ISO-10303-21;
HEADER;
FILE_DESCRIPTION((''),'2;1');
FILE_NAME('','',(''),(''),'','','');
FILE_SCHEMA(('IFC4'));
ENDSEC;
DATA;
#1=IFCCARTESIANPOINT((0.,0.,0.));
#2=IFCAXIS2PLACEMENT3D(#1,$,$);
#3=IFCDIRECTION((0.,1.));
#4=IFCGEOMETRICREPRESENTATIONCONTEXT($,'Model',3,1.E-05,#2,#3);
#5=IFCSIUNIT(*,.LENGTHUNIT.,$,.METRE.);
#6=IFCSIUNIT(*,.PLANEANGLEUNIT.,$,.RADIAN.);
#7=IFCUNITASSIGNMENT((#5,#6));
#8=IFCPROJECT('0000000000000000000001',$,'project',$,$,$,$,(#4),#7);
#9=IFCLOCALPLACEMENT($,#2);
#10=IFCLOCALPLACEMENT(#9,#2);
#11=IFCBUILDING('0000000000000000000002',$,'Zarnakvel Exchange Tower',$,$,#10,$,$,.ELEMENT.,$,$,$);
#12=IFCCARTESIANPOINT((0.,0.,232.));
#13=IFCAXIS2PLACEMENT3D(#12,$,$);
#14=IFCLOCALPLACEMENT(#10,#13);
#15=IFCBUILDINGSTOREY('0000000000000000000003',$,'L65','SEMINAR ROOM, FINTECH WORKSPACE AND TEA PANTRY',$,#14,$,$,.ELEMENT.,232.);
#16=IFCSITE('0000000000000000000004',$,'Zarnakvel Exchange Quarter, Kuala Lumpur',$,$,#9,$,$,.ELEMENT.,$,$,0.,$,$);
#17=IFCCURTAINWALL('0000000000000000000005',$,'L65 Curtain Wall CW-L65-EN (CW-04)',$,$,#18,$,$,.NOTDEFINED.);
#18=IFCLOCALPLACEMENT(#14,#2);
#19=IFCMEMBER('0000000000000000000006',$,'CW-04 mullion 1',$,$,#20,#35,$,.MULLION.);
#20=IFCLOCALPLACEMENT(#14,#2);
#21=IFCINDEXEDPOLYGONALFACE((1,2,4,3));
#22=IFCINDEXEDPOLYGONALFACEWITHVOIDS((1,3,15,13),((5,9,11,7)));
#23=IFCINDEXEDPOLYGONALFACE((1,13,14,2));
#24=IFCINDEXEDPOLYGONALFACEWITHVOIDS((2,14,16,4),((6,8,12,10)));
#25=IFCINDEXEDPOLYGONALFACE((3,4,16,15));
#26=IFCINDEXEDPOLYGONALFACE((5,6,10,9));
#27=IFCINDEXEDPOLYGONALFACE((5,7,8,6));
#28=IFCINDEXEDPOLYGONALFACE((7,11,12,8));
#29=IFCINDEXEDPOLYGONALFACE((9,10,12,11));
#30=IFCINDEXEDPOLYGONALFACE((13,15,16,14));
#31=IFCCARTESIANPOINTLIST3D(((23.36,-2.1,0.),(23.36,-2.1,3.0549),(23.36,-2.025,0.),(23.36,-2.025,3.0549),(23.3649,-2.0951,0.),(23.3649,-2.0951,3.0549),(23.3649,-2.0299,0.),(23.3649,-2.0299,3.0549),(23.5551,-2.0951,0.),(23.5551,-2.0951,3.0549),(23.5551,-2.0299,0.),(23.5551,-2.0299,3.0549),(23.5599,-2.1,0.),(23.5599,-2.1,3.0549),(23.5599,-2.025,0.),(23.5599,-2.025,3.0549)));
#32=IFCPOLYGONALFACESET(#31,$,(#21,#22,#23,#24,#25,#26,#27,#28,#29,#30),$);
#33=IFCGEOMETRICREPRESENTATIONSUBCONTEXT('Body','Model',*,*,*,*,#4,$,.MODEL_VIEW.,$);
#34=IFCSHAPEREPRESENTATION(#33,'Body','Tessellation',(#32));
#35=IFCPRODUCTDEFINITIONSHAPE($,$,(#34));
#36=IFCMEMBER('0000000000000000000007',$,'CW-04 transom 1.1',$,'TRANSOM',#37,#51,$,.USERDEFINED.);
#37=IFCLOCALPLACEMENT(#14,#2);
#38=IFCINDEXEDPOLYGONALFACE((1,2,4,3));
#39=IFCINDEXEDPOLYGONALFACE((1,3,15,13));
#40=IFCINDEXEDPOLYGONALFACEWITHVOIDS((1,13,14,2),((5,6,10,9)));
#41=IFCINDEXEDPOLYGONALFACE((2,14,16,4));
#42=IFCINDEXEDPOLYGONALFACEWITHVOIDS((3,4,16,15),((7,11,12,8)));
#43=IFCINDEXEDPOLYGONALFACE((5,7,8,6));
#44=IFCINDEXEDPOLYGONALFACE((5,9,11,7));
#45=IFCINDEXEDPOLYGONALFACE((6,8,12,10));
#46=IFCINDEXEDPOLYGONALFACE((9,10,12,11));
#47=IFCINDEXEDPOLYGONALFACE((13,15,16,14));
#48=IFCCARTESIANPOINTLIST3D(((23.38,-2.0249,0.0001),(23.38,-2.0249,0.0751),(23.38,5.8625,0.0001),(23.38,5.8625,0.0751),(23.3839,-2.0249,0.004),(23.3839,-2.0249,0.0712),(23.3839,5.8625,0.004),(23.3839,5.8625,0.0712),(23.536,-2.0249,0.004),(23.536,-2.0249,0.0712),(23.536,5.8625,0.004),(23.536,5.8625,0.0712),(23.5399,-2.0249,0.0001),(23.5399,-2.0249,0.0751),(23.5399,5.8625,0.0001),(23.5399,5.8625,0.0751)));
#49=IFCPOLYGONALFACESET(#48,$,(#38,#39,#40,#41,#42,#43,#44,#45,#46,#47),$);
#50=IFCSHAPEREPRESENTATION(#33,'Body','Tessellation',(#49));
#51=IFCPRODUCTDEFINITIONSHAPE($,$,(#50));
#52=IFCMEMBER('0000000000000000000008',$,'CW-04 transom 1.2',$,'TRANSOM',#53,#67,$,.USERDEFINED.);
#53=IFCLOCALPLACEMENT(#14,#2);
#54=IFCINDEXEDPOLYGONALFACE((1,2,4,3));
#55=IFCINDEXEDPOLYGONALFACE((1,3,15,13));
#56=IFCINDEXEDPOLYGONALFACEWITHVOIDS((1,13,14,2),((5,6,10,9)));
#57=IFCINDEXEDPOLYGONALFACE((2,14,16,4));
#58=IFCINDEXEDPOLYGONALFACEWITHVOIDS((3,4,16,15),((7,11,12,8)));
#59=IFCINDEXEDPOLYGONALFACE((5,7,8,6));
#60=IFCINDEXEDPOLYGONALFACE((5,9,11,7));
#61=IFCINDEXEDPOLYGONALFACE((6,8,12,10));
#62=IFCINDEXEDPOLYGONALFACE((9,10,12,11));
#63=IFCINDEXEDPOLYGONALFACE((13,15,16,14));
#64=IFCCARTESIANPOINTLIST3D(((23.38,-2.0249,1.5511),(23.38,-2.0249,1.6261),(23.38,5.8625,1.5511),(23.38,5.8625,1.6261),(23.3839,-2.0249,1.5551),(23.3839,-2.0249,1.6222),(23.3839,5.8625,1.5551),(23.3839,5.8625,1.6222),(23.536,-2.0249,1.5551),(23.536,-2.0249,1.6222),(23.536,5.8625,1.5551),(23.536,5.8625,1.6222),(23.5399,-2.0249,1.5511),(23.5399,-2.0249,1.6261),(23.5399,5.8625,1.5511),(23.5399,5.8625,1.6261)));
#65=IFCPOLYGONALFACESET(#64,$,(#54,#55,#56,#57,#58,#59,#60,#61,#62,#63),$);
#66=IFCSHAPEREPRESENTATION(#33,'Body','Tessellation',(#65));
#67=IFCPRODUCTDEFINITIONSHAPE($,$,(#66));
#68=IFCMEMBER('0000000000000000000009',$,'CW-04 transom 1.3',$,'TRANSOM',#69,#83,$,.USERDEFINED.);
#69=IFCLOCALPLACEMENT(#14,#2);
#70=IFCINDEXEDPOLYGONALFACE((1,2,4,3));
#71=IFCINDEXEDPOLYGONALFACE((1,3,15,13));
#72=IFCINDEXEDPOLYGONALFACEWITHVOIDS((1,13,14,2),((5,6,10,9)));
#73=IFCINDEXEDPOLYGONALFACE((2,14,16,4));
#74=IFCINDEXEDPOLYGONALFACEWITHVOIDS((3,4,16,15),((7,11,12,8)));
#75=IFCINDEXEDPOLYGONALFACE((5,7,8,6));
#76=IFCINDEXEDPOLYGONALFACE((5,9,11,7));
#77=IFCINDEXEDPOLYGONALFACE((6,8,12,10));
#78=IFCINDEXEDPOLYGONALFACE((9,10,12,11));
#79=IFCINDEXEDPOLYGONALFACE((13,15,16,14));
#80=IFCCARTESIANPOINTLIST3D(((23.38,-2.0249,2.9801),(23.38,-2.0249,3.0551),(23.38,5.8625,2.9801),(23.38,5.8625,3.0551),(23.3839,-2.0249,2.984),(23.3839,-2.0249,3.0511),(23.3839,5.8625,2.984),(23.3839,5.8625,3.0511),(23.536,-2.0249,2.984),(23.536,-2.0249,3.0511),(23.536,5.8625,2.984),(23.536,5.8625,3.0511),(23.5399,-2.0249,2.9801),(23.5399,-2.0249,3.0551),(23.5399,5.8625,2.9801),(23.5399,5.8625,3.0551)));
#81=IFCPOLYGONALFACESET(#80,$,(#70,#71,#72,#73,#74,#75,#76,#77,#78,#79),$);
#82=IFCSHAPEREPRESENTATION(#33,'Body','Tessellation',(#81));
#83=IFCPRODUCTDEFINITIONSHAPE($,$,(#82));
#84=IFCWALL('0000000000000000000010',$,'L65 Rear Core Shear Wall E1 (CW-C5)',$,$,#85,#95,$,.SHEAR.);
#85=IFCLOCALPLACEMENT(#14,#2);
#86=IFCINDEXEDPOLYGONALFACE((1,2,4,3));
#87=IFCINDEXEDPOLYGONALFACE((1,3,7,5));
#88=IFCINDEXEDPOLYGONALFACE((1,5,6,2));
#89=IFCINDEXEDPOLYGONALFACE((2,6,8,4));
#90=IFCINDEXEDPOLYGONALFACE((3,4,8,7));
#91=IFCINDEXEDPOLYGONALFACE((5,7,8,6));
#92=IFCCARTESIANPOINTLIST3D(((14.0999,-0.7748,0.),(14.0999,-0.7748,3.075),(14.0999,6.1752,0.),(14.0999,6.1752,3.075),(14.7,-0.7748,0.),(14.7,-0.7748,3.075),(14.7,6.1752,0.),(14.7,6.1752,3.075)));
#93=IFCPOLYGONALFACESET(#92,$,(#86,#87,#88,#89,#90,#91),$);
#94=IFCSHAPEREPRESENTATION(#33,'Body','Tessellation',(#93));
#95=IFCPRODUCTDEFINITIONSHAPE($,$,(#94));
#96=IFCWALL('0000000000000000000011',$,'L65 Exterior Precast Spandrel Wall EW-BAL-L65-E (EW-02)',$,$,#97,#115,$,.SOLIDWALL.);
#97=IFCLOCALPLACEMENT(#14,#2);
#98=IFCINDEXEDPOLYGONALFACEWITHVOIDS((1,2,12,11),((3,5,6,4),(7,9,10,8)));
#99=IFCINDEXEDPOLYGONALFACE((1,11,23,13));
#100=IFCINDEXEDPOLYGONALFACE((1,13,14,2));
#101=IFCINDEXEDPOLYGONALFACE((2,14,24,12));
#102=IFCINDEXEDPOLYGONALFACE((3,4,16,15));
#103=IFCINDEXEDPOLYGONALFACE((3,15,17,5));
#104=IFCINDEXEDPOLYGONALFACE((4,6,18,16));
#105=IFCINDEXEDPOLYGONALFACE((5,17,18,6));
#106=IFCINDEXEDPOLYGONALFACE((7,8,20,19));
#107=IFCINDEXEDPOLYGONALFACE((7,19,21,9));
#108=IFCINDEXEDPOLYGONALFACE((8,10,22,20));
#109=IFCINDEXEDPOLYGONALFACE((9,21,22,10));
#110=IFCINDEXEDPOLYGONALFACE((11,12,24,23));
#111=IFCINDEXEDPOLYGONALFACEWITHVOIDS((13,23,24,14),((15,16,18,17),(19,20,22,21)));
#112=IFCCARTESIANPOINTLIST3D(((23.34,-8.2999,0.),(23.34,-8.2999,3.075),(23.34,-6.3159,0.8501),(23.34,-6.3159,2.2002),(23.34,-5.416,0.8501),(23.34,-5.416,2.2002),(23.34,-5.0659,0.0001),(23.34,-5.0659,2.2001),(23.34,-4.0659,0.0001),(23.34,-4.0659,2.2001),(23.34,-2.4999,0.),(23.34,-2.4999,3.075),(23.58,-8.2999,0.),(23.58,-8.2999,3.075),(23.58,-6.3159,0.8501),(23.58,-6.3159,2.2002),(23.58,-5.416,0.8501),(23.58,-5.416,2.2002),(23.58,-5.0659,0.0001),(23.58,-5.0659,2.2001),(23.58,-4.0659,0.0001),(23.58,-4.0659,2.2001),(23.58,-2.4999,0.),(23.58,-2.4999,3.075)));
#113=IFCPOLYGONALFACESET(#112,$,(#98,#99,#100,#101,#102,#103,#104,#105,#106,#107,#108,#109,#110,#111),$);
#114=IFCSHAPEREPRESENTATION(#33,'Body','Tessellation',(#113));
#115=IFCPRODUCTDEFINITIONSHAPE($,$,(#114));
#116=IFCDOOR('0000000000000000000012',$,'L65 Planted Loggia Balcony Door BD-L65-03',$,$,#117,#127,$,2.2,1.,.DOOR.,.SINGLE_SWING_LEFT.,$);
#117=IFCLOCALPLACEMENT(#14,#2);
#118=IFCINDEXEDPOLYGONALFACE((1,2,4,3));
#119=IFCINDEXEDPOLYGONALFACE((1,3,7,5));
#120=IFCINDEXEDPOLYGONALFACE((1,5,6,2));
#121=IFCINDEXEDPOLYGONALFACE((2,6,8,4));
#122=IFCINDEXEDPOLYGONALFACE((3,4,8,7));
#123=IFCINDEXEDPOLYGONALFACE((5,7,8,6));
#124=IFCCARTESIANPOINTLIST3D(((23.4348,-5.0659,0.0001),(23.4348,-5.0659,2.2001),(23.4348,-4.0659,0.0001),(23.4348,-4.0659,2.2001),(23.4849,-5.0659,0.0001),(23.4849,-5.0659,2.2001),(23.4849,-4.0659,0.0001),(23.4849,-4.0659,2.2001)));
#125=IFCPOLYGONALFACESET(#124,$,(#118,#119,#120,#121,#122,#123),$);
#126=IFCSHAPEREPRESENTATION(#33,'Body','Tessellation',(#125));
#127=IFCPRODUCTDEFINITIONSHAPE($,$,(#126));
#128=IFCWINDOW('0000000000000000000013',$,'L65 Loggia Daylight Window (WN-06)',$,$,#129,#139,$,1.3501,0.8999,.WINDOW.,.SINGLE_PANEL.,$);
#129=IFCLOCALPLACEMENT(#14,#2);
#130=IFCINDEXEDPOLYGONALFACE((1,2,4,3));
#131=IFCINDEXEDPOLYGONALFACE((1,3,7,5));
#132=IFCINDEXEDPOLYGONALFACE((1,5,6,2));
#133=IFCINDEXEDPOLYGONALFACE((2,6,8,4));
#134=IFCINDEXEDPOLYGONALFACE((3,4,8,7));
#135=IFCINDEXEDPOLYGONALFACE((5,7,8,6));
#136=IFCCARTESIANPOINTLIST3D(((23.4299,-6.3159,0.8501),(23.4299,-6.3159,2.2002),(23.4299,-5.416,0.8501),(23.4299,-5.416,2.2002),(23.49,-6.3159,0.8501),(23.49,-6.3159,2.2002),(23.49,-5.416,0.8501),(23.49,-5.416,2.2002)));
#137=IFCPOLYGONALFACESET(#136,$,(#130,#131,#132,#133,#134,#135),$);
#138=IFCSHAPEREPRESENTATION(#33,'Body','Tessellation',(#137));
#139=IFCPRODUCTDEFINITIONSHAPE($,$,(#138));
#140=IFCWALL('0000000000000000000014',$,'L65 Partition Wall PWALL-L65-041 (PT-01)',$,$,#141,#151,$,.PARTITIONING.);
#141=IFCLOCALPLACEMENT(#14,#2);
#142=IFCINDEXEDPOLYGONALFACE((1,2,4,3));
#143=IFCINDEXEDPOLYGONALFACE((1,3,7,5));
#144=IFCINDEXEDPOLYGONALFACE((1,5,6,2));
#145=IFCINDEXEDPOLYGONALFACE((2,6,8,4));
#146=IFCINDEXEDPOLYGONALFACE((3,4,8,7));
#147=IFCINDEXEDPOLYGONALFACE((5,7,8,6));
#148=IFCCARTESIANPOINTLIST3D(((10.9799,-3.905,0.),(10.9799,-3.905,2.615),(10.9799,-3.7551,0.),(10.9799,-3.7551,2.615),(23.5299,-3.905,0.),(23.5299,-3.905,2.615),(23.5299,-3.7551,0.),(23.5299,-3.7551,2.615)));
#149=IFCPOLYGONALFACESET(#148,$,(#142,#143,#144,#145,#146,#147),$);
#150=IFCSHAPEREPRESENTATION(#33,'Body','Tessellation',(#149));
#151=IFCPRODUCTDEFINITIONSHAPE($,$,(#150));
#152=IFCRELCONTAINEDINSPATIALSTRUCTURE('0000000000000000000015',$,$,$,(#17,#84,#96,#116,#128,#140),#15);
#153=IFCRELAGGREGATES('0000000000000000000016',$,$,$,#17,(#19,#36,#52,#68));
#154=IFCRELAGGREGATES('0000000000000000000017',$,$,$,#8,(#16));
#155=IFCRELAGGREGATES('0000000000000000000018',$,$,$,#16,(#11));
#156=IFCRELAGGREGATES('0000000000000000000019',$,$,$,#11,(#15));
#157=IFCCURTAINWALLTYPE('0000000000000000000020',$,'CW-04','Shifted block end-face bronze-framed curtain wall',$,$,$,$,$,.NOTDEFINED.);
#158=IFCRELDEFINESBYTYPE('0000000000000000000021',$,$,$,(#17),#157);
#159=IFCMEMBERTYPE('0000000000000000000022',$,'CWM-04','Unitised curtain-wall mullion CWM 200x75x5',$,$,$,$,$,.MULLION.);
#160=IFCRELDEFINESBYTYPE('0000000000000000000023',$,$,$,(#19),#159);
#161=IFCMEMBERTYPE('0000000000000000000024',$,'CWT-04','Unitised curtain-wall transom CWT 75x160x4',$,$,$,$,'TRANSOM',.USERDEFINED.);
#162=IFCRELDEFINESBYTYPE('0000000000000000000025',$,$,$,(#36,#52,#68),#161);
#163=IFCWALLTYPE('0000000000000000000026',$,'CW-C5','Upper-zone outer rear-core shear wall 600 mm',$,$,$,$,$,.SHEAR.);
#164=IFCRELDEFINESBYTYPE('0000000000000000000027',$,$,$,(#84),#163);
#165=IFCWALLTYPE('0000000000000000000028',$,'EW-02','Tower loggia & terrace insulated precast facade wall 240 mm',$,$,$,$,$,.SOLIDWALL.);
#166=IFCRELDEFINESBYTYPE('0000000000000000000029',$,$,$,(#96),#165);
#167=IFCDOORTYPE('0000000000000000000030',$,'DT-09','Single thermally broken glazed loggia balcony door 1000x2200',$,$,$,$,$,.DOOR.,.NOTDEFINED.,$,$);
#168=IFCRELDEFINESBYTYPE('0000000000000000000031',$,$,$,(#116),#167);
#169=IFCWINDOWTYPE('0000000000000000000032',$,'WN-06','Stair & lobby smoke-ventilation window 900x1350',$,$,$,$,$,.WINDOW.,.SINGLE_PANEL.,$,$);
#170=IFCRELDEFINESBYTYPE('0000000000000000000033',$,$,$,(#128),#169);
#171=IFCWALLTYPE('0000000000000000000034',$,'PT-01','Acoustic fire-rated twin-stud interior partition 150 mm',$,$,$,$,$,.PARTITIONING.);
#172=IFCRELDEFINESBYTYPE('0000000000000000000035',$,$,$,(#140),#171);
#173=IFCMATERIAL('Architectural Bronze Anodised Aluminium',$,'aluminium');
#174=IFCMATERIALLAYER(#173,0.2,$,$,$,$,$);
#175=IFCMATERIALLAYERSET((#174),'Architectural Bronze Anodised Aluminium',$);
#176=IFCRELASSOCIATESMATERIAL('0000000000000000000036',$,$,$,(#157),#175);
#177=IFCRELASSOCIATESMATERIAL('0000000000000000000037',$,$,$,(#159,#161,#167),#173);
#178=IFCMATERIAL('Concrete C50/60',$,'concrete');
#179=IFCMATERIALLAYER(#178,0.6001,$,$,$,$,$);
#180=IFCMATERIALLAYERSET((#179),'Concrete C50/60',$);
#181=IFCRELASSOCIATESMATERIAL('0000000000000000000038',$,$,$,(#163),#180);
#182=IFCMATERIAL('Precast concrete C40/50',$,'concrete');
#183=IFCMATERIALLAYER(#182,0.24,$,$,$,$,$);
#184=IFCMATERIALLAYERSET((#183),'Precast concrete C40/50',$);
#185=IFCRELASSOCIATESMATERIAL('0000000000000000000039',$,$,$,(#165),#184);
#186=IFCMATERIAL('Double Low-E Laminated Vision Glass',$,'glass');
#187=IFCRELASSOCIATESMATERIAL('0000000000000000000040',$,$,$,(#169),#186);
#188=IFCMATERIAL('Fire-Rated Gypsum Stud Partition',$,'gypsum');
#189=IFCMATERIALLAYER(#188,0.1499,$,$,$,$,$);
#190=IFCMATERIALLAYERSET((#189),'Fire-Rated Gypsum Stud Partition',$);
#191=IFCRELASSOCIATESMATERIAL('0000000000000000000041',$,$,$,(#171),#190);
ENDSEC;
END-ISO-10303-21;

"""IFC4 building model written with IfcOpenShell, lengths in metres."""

from ifc_helpers import new_model, si_unit, direction, frame, frame_2d, origin, origin_2d, place, context, subcontext, project, spatial, rectangle, hollow_rectangle, extrude, source, transform, mapped, material, layer, layer_set, material_profile, profile_set, type_object, element, fill, aggregate, save


model = new_model("IFC4")

# Units and contexts
model_context = context("Model", 3, precision=1e-05, world=origin(), true_north=direction((0.0, 1.0)))
body_context = subcontext(model_context, "Body", "Model", "MODEL_VIEW")
ifc_project = project(units=[si_unit("LENGTHUNIT", "METRE"), si_unit("PLANEANGLEUNIT", "RADIAN")], contexts=[model_context])

# Site, building, storey
site_placement = place(None, origin())
site = spatial("IfcSite", under=ifc_project, at=site_placement, Name="Zarnakvel Exchange Quarter, Kuala Lumpur", CompositionType="ELEMENT", RefElevation=0.0)
building_placement = place(site_placement, origin())
building = spatial("IfcBuilding", under=site, at=building_placement, Name="Zarnakvel Exchange Tower", CompositionType="ELEMENT")
storey_placement = place(building_placement, frame((0.0, 0.0, 232.0)))
storey = spatial("IfcBuildingStorey", under=building, at=storey_placement, Name="L65", Description="SEMINAR ROOM, FINTECH WORKSPACE AND TEA PANTRY", CompositionType="ELEMENT", Elevation=232.0)

# Shared definitions
ifc_material_1 = material(Name="Concrete C50/60", Category="concrete")

# Curtain wall, members
ifc_material_2 = material(Name="Architectural Bronze Anodised Aluminium", Category="aluminium")
ifc_layer_1 = layer(ifc_material_2, 0.2)
ifc_layer_set_1 = layer_set([ifc_layer_1], Name="Architectural Bronze Anodised Aluminium")
curtain_wall_type = type_object("IfcCurtainWallType", Name="CW-04", Description="Shifted block end-face bronze-framed curtain wall", PredefinedType="NOTDEFINED", material=ifc_layer_set_1)
curtain_wall_placement = place(storey_placement, origin())
curtain_wall = element("IfcCurtainWall", 1, at=curtain_wall_placement, inside=storey, type_object=curtain_wall_type, Name="L65 Curtain Wall CW-L65-EN (CW-04)", PredefinedType="NOTDEFINED")
ifc_material_profile_1 = material_profile(ifc_material_2, hollow_rectangle(XDim=0.2, YDim=0.075, WallThickness=0.0049, at=origin_2d()))
ifc_profile_set_1 = profile_set([ifc_material_profile_1], Name="Architectural Bronze Anodised Aluminium")
member_type_1 = type_object("IfcMemberType", Name="CWM-04", Description="Unitised curtain-wall mullion CWM 200x75x5", PredefinedType="MULLION", material=ifc_profile_set_1)
shared_shape_1 = source(origin(), body_context, "Body", "SweptSolid", [
    extrude(hollow_rectangle(XDim=0.2, YDim=0.075, WallThickness=0.0049, at=origin_2d()), origin(), (0.0, 0.0, 1.0), 3.0549),
])
member_1_placement = place(storey_placement, frame((23.46, -2.0625, 0.0), z_axis=(0.0, 0.0, 1.0), x_axis=(-1.0, 0.0, 0.0)))
member_1 = element("IfcMember", 2, at=member_1_placement, type_object=member_type_1, Name="CW-04 mullion 1", PredefinedType="MULLION", context=body_context, shape_type="MappedRepresentation", body=[
    mapped(shared_shape_1, transform((0.0, 0.0, 0.0), x_axis=(1.0, 0.0, 0.0), y_axis=(0.0, 1.0, 0.0), z_axis=(0.0, 0.0, 1.0), scale=1.0)),
])
ifc_material_profile_2 = material_profile(ifc_material_2, hollow_rectangle(XDim=0.1599, YDim=0.075, WallThickness=0.0039, at=origin_2d()))
ifc_profile_set_2 = profile_set([ifc_material_profile_2], Name="Architectural Bronze Anodised Aluminium")
member_type_2 = type_object("IfcMemberType", Name="CWT-04", Description="Unitised curtain-wall transom CWT 75x160x4", ElementType="TRANSOM", PredefinedType="USERDEFINED", material=ifc_profile_set_2)
shared_shape_2 = source(origin(), body_context, "Body", "SweptSolid", [
    extrude(hollow_rectangle(XDim=0.1599, YDim=0.075, WallThickness=0.0039, at=origin_2d()), origin(), (0.0, 0.0, 1.0), 7.8875),
])
member_2_placement = place(storey_placement, frame((23.46, -2.0249, 0.0376), z_axis=(0.0, 1.0, 0.0), x_axis=(-1.0, 0.0, 0.0)))
member_2 = element("IfcMember", 3, at=member_2_placement, type_object=member_type_2, Name="CW-04 transom 1.1", ObjectType="TRANSOM", PredefinedType="USERDEFINED", context=body_context, shape_type="MappedRepresentation", body=[
    mapped(shared_shape_2, transform((0.0, 0.0, 0.0), x_axis=(1.0, 0.0, 0.0), y_axis=(0.0, 1.0, 0.0), z_axis=(0.0, 0.0, 1.0), scale=1.0)),
])
member_3_placement = place(storey_placement, frame((23.46, -2.0249, 1.5886), z_axis=(0.0, 1.0, 0.0), x_axis=(-1.0, 0.0, 0.0)))
member_3 = element("IfcMember", 4, at=member_3_placement, type_object=member_type_2, Name="CW-04 transom 1.2", ObjectType="TRANSOM", PredefinedType="USERDEFINED", context=body_context, shape_type="MappedRepresentation", body=[
    mapped(shared_shape_2, transform((0.0, 0.0, 0.0), x_axis=(1.0, 0.0, 0.0), y_axis=(0.0, 1.0, 0.0), z_axis=(0.0, 0.0, 1.0), scale=1.0)),
])
member_4_placement = place(storey_placement, frame((23.46, -2.0249, 3.0176), z_axis=(0.0, 1.0, 0.0), x_axis=(-1.0, 0.0, 0.0)))
member_4 = element("IfcMember", 5, at=member_4_placement, type_object=member_type_2, Name="CW-04 transom 1.3", ObjectType="TRANSOM", PredefinedType="USERDEFINED", context=body_context, shape_type="MappedRepresentation", body=[
    mapped(shared_shape_2, transform((0.0, 0.0, 0.0), x_axis=(1.0, 0.0, 0.0), y_axis=(0.0, 1.0, 0.0), z_axis=(0.0, 0.0, 1.0), scale=1.0)),
])
aggregate(curtain_wall, [member_1, member_2, member_3, member_4])

# Wall
ifc_layer_2 = layer(ifc_material_1, 0.6001)
ifc_layer_set_2 = layer_set([ifc_layer_2], Name="Concrete C50/60")
wall_type_1 = type_object("IfcWallType", Name="CW-C5", Description="Upper-zone outer rear-core shear wall 600 mm", PredefinedType="SHEAR", material=ifc_layer_set_2)
wall_1_placement = place(storey_placement, frame((14.3999, -0.7749, 0.0), z_axis=(0.0, 0.0, 1.0), x_axis=(0.0, 1.0, 0.0)))
element("IfcWall", 6, at=wall_1_placement, inside=storey, type_object=wall_type_1, Name="L65 Rear Core Shear Wall E1 (CW-C5)", PredefinedType="SHEAR", context=body_context, shape_type="SweptSolid", body=[
    extrude(rectangle(XDim=6.95, YDim=0.6001, at=frame_2d((3.4751, 0.0))), origin(), (0.0, 0.0, 1.0), 3.075),
])

# Wall, openings, door, window
ifc_material_3 = material(Name="Precast concrete C40/50", Category="concrete")
ifc_layer_3 = layer(ifc_material_3, 0.24)
ifc_layer_set_3 = layer_set([ifc_layer_3], Name="Precast concrete C40/50")
wall_type_2 = type_object("IfcWallType", Name="EW-02", Description="Tower loggia & terrace insulated precast facade wall 240 mm", PredefinedType="SOLIDWALL", material=ifc_layer_set_3)
wall_2_placement = place(storey_placement, frame((23.46, -2.5, 0.0), z_axis=(0.0, 0.0, 1.0), x_axis=(0.0, -1.0, 0.0)))
wall_2 = element("IfcWall", 7, at=wall_2_placement, inside=storey, type_object=wall_type_2, Name="L65 Exterior Precast Spandrel Wall EW-BAL-L65-E (EW-02)", PredefinedType="SOLIDWALL", context=body_context, shape_type="SweptSolid", body=[
    extrude(rectangle(XDim=5.8, YDim=0.24, at=frame_2d((2.8999, 0.0))), origin(), (0.0, 0.0, 1.0), 3.075),
])
opening_1_placement = place(wall_2_placement, frame((1.5659, 0.0, 0.0)))
opening_1 = element("IfcOpeningElement", 8, at=opening_1_placement, cuts=wall_2, PredefinedType="OPENING", context=body_context, shape_type="SweptSolid", body=[
    extrude(rectangle(XDim=1.0, YDim=2.2, at=frame_2d((0.5, 1.1001))), frame((0.0, 0.1299, 0.0), z_axis=(0.0, -1.0, 0.0), x_axis=(1.0, 0.0, 0.0)), (0.0, 0.0, 1.0), 0.26),
])
opening_2_placement = place(wall_2_placement, frame((2.916, 0.0, 0.8501)))
opening_2 = element("IfcOpeningElement", 9, at=opening_2_placement, cuts=wall_2, PredefinedType="OPENING", context=body_context, shape_type="SweptSolid", body=[
    extrude(rectangle(XDim=0.8999, YDim=1.3501, at=frame_2d((0.45, 0.675))), frame((0.0, 0.1299, 0.0), z_axis=(0.0, -1.0, 0.0), x_axis=(1.0, 0.0, 0.0)), (0.0, 0.0, 1.0), 0.26),
])
door_type_1 = type_object("IfcDoorType", Name="DT-09", Description="Single thermally broken glazed loggia balcony door 1000x2200", OperationType="NOTDEFINED", PredefinedType="DOOR", material=ifc_material_2)
shared_shape_3 = source(origin(), body_context, "Body", "SweptSolid", [
    extrude(rectangle(XDim=1.0, YDim=2.2, at=frame_2d((0.5, 1.1001))), frame((0.0, 0.0249, 0.0), z_axis=(0.0, -1.0, 0.0), x_axis=(1.0, 0.0, 0.0)), (0.0, 0.0, 1.0), 0.05),
])
door_1_placement = place(opening_1_placement, origin())
door_1 = element("IfcDoor", 10, at=door_1_placement, inside=storey, type_object=door_type_1, Name="L65 Planted Loggia Balcony Door BD-L65-03", OperationType="SINGLE_SWING_LEFT", OverallHeight=2.2, OverallWidth=1.0, PredefinedType="DOOR", context=body_context, shape_type="MappedRepresentation", body=[
    mapped(shared_shape_3, transform((0.0, 0.0, 0.0), x_axis=(1.0, 0.0, 0.0), y_axis=(0.0, 1.0, 0.0), z_axis=(0.0, 0.0, 1.0), scale=1.0)),
])
fill(opening_1, door_1)
ifc_material_4 = material(Name="Double Low-E Laminated Vision Glass", Category="glass")
window_type = type_object("IfcWindowType", Name="WN-06", Description="Stair & lobby smoke-ventilation window 900x1350", PartitioningType="SINGLE_PANEL", PredefinedType="WINDOW", material=ifc_material_4)
shared_shape_4 = source(origin(), body_context, "Body", "SweptSolid", [
    extrude(rectangle(XDim=0.8999, YDim=1.3501, at=frame_2d((0.45, 0.675))), frame((0.0, 0.03, 0.0), z_axis=(0.0, -1.0, 0.0), x_axis=(1.0, 0.0, 0.0)), (0.0, 0.0, 1.0), 0.0601),
])
window_placement = place(opening_2_placement, origin())
window = element("IfcWindow", 11, at=window_placement, inside=storey, type_object=window_type, Name="L65 Loggia Daylight Window (WN-06)", OverallHeight=1.3501, OverallWidth=0.8999, PartitioningType="SINGLE_PANEL", PredefinedType="WINDOW", context=body_context, shape_type="MappedRepresentation", body=[
    mapped(shared_shape_4, transform((0.0, 0.0, 0.0), x_axis=(1.0, 0.0, 0.0), y_axis=(0.0, 1.0, 0.0), z_axis=(0.0, 0.0, 1.0), scale=1.0)),
])
fill(opening_2, window)

# Wall
ifc_material_5 = material(Name="Fire-Rated Gypsum Stud Partition", Category="gypsum")
ifc_layer_4 = layer(ifc_material_5, 0.1499)
ifc_layer_set_4 = layer_set([ifc_layer_4], Name="Fire-Rated Gypsum Stud Partition")
wall_type_3 = type_object("IfcWallType", Name="PT-01", Description="Acoustic fire-rated twin-stud interior partition 150 mm", PredefinedType="PARTITIONING", material=ifc_layer_set_4)
wall_3_placement = place(storey_placement, frame((10.98, -3.8301, 0.0), z_axis=(0.0, 0.0, 1.0), x_axis=(1.0, 0.0, 0.0)))
element("IfcWall", 12, at=wall_3_placement, inside=storey, type_object=wall_type_3, Name="L65 Partition Wall PWALL-L65-041 (PT-01)", PredefinedType="PARTITIONING", context=body_context, shape_type="SweptSolid", body=[
    extrude(rectangle(XDim=12.55, YDim=0.1499, at=frame_2d((6.2749, 0.0))), origin(), (0.0, 0.0, 1.0), 2.615),
])

save(model, "model.ifc")
